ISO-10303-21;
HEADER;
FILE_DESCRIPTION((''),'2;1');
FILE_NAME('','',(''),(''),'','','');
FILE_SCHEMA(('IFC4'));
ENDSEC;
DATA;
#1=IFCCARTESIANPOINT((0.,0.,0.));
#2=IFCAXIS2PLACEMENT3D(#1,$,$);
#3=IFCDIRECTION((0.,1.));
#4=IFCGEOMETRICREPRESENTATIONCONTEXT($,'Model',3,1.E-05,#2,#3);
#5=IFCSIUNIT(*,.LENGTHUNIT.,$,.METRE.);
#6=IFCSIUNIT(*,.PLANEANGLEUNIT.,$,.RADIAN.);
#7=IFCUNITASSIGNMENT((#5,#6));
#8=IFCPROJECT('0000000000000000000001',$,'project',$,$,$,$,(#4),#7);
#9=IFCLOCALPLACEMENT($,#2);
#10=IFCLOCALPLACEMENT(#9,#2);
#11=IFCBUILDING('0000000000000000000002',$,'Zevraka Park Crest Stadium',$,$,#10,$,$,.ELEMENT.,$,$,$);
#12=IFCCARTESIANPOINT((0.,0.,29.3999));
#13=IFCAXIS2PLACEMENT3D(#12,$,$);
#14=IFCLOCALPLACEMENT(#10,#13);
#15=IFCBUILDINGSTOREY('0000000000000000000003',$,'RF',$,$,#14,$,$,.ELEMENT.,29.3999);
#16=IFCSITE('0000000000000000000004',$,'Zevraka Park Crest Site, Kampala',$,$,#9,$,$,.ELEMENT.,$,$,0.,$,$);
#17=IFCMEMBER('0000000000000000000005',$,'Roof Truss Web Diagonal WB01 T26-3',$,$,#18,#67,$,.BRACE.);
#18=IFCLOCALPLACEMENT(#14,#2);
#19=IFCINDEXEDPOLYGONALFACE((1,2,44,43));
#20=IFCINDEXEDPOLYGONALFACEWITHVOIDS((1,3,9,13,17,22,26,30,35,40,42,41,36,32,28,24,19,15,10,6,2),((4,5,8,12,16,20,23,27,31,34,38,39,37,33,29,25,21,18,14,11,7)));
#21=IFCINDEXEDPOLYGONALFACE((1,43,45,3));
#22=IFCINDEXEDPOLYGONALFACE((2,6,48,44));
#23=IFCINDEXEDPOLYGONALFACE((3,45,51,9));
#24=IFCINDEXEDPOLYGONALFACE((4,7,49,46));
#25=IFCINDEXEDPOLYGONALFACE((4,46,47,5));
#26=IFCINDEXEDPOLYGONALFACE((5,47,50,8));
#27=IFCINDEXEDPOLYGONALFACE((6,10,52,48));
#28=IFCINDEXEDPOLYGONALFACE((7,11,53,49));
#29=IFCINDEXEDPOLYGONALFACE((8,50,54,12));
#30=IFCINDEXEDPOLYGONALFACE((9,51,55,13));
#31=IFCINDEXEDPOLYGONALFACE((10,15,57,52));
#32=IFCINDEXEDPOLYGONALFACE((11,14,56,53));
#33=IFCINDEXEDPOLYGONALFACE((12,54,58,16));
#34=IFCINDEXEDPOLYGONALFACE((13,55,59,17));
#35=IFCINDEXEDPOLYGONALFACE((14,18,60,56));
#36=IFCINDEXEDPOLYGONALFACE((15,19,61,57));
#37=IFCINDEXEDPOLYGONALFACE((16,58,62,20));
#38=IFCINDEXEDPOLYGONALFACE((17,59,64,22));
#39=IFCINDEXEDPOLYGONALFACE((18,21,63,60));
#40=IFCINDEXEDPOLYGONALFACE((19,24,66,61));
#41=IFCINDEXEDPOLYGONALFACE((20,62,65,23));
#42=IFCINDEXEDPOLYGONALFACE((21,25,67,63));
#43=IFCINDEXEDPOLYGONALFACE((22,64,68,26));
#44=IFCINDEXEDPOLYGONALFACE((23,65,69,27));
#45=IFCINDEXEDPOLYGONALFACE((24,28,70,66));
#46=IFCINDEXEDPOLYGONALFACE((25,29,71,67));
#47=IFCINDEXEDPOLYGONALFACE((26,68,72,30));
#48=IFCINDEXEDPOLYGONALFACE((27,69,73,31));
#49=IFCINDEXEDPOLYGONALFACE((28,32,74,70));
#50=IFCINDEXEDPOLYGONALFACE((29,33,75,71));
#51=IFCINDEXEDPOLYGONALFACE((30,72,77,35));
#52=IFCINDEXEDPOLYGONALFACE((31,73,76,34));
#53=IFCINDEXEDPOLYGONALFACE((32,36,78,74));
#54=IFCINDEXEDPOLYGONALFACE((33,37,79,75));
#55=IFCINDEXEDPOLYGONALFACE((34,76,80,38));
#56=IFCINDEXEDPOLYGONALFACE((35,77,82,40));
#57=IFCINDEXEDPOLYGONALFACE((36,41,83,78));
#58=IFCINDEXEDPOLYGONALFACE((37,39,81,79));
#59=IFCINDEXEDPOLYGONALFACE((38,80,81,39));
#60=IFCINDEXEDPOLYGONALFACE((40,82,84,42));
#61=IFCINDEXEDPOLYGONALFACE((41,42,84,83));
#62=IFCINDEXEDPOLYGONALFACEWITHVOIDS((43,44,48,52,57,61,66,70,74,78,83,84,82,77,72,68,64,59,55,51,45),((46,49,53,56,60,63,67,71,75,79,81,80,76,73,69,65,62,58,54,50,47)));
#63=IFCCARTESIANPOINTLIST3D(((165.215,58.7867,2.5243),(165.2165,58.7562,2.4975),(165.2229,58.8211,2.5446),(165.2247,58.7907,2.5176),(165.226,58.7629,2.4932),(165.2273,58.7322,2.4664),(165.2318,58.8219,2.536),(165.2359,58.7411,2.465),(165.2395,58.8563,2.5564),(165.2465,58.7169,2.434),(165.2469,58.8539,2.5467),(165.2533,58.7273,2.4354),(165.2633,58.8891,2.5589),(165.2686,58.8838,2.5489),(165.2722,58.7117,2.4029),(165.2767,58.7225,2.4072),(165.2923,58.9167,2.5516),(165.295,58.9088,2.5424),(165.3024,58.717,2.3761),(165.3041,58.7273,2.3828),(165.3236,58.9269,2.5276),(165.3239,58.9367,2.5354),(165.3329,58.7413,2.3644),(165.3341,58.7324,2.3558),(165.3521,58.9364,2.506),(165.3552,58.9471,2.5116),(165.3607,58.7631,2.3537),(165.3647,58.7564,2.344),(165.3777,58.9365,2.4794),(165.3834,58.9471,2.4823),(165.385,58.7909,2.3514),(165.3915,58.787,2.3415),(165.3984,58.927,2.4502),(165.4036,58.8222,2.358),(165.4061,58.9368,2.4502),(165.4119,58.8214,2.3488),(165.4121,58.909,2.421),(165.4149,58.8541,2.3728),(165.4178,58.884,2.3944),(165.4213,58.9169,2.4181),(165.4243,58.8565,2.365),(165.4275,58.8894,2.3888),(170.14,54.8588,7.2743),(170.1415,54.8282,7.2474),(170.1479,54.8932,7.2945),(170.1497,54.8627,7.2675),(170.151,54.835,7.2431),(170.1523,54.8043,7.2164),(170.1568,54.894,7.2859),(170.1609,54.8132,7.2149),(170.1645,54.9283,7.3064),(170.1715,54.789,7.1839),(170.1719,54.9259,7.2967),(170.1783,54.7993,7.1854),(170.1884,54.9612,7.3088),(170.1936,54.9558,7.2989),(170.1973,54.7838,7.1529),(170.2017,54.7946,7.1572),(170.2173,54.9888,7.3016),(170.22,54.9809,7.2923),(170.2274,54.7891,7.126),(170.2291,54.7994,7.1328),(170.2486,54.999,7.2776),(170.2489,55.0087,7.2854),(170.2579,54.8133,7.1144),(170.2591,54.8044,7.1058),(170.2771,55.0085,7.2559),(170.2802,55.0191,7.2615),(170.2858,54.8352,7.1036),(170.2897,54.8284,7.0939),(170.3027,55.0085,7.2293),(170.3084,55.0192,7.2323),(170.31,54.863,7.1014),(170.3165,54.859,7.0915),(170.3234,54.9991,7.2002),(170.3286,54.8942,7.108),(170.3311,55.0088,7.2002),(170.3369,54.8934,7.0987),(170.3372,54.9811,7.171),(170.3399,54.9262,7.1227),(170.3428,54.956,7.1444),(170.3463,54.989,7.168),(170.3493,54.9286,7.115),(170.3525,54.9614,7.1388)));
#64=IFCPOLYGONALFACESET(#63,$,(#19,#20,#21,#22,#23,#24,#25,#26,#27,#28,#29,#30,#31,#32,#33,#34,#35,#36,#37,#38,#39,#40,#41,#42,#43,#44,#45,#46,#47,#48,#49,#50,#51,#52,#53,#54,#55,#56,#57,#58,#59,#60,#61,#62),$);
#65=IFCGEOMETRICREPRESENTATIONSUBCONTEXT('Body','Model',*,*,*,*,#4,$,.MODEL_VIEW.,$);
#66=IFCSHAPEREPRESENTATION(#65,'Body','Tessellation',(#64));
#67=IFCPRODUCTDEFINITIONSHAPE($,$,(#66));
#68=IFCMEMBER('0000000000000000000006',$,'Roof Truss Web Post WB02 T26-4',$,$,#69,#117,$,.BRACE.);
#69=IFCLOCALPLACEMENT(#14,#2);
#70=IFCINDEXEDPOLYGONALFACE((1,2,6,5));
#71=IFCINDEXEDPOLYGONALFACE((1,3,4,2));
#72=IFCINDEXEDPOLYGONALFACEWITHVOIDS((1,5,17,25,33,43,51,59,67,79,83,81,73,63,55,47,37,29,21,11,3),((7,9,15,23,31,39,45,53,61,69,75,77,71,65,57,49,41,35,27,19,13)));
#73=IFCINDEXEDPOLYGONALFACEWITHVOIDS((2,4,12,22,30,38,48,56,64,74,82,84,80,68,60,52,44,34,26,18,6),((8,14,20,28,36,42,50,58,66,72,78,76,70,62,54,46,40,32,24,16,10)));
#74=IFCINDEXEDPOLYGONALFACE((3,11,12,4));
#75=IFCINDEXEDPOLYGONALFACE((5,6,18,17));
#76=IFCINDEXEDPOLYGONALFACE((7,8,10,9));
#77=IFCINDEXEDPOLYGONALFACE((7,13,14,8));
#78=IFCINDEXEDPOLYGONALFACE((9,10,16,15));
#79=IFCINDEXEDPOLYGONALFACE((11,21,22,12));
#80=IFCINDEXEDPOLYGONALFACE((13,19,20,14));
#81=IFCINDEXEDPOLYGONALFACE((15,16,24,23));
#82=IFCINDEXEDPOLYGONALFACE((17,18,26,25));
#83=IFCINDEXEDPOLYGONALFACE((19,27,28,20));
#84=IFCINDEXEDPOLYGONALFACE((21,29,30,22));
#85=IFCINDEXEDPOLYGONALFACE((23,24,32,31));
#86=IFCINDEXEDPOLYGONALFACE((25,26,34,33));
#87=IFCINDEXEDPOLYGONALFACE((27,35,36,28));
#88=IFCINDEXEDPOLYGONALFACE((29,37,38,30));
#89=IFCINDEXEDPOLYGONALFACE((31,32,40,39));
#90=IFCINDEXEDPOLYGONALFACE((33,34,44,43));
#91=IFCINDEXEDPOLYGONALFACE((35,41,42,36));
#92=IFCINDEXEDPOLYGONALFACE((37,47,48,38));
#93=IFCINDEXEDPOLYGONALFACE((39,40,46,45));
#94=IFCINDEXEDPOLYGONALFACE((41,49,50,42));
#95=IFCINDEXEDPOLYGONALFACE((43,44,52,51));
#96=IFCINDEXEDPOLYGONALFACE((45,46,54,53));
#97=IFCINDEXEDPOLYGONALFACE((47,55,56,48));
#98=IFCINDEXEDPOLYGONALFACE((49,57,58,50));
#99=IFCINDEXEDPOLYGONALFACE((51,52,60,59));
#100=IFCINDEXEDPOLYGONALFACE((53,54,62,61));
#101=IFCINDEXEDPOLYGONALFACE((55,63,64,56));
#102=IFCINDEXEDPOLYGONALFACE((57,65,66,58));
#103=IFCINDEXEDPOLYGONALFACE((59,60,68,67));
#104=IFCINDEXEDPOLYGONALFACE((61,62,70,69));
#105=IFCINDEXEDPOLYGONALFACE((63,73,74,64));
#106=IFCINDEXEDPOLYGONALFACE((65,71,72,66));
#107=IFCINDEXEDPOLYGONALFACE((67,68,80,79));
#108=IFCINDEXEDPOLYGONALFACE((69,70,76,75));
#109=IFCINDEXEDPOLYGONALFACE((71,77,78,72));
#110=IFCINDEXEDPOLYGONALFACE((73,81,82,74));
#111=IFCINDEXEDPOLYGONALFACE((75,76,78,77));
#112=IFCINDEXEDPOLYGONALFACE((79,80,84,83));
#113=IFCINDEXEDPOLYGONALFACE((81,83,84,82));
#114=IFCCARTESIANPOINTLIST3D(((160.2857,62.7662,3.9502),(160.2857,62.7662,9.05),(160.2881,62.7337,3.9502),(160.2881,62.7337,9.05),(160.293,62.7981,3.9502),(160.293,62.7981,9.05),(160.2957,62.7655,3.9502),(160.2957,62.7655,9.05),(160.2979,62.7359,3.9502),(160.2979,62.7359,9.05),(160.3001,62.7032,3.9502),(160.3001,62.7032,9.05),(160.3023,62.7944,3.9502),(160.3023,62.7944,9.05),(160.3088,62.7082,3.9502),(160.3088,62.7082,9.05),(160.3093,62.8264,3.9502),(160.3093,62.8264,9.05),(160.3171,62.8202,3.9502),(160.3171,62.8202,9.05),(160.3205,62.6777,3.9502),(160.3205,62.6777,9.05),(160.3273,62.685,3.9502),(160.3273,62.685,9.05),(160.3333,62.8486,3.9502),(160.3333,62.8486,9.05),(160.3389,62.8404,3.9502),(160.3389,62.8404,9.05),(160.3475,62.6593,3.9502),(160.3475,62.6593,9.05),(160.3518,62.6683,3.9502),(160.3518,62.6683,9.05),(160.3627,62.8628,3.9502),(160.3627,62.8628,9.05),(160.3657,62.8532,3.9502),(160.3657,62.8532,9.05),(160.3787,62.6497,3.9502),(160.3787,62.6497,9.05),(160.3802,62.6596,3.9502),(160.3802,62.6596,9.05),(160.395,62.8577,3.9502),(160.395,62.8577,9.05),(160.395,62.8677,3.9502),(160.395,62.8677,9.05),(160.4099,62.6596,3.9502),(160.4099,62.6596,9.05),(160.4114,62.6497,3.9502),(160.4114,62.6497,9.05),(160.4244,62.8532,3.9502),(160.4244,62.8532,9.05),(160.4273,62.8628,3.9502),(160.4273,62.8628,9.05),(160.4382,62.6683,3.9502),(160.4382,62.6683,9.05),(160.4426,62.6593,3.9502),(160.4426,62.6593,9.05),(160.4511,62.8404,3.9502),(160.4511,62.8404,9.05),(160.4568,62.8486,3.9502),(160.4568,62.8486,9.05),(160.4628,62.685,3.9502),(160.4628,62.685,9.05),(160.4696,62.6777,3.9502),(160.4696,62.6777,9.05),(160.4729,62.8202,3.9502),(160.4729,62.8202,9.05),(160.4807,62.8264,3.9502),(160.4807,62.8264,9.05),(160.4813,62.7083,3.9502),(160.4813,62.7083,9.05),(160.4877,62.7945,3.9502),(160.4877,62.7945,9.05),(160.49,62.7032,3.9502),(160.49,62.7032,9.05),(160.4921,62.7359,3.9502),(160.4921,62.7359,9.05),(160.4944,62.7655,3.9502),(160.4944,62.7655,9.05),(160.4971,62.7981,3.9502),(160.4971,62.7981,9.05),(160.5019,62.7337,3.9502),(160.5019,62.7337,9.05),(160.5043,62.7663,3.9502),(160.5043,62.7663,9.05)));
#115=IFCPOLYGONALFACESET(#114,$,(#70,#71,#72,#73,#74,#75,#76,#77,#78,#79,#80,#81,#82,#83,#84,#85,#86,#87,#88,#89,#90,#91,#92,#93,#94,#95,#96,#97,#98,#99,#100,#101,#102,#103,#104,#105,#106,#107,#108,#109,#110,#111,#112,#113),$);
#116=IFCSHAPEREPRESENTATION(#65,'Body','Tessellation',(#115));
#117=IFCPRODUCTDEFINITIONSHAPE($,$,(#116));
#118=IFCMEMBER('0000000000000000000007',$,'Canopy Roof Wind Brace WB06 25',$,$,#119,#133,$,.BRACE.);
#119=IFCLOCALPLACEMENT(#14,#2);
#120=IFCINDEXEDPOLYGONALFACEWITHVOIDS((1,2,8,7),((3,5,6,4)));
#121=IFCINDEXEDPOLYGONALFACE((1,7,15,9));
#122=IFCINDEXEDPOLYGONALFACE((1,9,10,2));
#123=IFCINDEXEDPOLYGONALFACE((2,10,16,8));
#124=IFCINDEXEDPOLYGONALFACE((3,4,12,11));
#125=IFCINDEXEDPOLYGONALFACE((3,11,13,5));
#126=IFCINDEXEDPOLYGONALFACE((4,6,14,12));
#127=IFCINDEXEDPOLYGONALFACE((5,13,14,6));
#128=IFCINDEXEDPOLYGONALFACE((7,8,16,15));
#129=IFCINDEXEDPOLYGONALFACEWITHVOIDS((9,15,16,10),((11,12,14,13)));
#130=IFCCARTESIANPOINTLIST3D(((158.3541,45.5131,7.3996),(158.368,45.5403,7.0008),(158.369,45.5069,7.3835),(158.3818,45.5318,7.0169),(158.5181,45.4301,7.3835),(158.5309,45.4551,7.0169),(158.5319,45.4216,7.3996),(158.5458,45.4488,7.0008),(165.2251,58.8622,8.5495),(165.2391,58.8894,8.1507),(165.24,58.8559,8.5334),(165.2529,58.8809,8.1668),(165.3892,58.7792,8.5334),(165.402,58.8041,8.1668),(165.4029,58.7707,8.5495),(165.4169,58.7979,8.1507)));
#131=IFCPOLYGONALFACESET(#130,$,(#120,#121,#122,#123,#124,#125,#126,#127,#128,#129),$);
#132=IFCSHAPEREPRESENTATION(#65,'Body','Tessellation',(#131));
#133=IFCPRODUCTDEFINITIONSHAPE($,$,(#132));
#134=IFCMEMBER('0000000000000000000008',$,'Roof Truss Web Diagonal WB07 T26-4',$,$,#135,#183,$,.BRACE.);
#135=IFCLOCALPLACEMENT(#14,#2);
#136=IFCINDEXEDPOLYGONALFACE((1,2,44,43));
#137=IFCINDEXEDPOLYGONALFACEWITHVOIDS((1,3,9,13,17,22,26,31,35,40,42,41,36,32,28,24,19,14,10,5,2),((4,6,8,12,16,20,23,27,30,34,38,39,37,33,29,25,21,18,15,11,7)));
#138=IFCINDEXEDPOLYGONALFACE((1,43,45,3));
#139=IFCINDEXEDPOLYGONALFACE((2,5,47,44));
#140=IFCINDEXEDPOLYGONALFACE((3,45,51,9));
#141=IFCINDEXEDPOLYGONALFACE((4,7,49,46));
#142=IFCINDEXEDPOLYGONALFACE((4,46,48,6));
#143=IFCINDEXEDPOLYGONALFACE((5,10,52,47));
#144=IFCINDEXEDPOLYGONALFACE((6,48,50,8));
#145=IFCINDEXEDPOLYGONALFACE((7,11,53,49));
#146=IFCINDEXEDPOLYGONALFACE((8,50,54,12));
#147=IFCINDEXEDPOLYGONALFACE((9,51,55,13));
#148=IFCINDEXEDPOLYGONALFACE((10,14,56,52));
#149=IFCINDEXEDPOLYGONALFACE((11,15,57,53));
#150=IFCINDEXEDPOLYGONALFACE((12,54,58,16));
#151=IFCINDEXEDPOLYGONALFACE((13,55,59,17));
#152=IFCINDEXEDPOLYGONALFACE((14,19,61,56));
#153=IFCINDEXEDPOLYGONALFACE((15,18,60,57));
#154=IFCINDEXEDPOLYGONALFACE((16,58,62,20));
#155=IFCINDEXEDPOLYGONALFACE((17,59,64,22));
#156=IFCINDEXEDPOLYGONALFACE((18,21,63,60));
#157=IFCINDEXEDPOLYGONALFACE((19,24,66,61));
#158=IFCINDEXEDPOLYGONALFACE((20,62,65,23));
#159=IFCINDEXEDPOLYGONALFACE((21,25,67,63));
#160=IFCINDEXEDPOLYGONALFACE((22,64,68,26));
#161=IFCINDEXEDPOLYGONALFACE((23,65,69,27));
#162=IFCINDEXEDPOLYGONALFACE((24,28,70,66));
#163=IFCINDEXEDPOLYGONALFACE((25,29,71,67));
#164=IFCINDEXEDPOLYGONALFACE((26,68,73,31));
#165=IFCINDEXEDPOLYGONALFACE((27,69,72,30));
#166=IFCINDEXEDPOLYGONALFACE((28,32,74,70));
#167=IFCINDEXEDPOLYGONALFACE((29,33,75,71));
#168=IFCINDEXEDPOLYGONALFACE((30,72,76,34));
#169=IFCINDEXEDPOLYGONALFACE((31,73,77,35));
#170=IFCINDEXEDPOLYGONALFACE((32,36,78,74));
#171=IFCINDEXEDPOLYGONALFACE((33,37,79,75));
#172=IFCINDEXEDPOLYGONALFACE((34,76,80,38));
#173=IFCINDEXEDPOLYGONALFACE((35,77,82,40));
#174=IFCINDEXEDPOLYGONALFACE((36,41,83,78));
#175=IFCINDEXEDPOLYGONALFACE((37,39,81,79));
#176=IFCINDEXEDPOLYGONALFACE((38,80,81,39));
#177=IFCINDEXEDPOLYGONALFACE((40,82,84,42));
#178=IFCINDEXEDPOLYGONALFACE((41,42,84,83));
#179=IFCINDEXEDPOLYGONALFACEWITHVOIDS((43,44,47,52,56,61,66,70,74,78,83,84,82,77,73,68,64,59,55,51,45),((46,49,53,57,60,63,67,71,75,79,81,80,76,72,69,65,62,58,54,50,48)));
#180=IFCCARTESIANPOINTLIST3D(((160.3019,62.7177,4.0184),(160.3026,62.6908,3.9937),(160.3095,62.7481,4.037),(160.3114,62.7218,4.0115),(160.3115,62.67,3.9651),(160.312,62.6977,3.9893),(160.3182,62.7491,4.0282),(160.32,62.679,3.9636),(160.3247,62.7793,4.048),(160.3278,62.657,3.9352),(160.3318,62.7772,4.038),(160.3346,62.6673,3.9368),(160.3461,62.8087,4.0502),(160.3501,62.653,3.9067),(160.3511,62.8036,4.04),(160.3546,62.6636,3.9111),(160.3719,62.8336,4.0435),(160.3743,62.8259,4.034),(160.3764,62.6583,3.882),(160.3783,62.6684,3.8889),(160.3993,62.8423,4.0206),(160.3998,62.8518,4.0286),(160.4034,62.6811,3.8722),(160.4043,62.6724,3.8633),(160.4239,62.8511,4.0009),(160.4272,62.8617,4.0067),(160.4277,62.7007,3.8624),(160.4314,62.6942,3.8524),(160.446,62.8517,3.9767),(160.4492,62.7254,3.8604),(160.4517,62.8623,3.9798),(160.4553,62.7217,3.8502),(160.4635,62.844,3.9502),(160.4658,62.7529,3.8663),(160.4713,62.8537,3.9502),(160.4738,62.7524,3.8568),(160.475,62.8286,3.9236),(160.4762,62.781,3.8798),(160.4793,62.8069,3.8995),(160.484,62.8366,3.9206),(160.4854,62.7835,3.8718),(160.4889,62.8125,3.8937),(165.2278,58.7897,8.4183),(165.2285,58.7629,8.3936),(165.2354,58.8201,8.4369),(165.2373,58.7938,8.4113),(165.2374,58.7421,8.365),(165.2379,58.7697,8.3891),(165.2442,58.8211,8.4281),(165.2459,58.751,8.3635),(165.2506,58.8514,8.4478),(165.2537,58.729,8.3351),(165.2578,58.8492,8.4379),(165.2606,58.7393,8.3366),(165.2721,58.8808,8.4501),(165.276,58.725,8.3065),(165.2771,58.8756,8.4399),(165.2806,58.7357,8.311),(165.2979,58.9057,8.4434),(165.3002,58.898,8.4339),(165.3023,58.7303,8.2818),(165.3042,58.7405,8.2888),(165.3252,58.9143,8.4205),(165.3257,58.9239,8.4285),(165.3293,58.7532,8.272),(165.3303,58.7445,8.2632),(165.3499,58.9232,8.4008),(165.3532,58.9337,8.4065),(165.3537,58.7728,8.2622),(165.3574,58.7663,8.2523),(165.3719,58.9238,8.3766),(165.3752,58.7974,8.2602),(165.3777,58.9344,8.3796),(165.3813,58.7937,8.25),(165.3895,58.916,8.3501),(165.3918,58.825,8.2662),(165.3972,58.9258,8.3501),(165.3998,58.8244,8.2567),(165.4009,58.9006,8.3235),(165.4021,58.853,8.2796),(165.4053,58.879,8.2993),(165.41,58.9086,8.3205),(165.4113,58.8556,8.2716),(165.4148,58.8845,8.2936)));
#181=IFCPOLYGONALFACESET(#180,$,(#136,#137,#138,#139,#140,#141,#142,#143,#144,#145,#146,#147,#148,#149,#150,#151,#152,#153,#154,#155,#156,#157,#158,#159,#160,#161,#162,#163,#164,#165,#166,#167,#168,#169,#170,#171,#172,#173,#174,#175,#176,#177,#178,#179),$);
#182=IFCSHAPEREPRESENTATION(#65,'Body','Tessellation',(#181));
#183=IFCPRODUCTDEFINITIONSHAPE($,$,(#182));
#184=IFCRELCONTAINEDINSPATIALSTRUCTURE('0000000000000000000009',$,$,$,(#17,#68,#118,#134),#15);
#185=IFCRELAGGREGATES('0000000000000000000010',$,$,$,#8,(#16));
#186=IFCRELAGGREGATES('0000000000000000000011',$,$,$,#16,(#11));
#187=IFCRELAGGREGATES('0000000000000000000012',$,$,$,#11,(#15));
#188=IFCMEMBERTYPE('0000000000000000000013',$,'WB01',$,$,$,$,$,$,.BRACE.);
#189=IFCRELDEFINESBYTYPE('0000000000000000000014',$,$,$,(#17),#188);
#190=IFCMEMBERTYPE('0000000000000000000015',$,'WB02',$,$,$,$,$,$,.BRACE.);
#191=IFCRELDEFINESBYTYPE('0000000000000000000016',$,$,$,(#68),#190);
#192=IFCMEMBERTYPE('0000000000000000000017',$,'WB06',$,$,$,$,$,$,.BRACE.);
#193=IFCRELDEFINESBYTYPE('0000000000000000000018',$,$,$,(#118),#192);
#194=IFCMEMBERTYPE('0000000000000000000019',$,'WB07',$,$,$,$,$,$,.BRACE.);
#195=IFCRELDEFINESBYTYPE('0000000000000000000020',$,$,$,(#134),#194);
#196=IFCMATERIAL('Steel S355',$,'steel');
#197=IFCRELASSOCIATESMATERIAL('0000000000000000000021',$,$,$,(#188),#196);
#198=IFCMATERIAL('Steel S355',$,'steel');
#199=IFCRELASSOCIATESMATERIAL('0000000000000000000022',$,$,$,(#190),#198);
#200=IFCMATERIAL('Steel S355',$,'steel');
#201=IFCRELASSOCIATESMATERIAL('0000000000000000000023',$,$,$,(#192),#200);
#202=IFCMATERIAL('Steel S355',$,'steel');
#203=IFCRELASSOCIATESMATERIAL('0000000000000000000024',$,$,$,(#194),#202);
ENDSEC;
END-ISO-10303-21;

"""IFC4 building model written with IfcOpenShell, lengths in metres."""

from ifc_helpers import new_model, si_unit, direction, frame, origin, origin_2d, place, context, subcontext, project, spatial, hollow_rectangle, hollow_circle, extrude, material, material_profile, profile_set, type_object, element, save


model = new_model("IFC4")

# Units and contexts
model_context = context("Model", 3, precision=1e-05, world=origin(), true_north=direction((0.0, 1.0)))
body_context = subcontext(model_context, "Body", "Model", "MODEL_VIEW")
ifc_project = project(units=[si_unit("LENGTHUNIT", "METRE"), si_unit("PLANEANGLEUNIT", "RADIAN")], contexts=[model_context])

# Site, building, storey
site_placement = place(None, origin())
site = spatial("IfcSite", under=ifc_project, at=site_placement, Name="Zevraka Park Crest Site, Kampala", CompositionType="ELEMENT", RefElevation=0.0)
building_placement = place(site_placement, origin())
building = spatial("IfcBuilding", under=site, at=building_placement, Name="Zevraka Park Crest Stadium", CompositionType="ELEMENT")
storey_placement = place(building_placement, frame((0.0, 0.0, 29.3999)))
storey = spatial("IfcBuildingStorey", under=building, at=storey_placement, Name="RF", CompositionType="ELEMENT", Elevation=29.3999)

# Members
ifc_material_1 = material(Name="Steel S355", Category="steel")
ifc_material_profile_1 = material_profile(ifc_material_1, hollow_circle(Radius=0.1365, WallThickness=0.0125, at=origin_2d()), Name="CHS 273.0x12.5")
ifc_profile_set_1 = profile_set([ifc_material_profile_1], Name="Steel S355")
member_type_1 = type_object("IfcMemberType", Name="WB01", PredefinedType="BRACE", material=ifc_profile_set_1)
member_1_placement = place(storey_placement, frame((165.321, 58.8301, 2.4502), z_axis=(0.624237, -0.497861, 0.60205), x_axis=(0.623527, 0.781802, 0.0)))
element("IfcMember", 1, at=member_1_placement, inside=storey, type_object=member_type_1, Name="Roof Truss Web Diagonal WB01 T26-3", PredefinedType="BRACE", context=body_context, shape_type="SweptSolid", body=[
    extrude(hollow_circle(Radius=0.1365, WallThickness=0.0125, at=origin_2d()), origin(), (0.0, 0.0, 1.0), 7.8896),
])
ifc_material_2 = material(Name="Steel S355", Category="steel")
ifc_material_profile_2 = material_profile(ifc_material_2, hollow_circle(Radius=0.1096, WallThickness=0.01, at=origin_2d()), Name="CHS 219.1x10")
ifc_profile_set_2 = profile_set([ifc_material_profile_2], Name="Steel S355")
member_type_2 = type_object("IfcMemberType", Name="WB02", PredefinedType="BRACE", material=ifc_profile_set_2)
member_2_placement = place(storey_placement, frame((160.395, 62.7581, 3.9502), z_axis=(0.0, 0.0, 1.0), x_axis=(-0.781847, 0.62347, 0.0)))
element("IfcMember", 2, at=member_2_placement, inside=storey, type_object=member_type_2, Name="Roof Truss Web Post WB02 T26-4", PredefinedType="BRACE", context=body_context, shape_type="SweptSolid", body=[
    extrude(hollow_circle(Radius=0.1096, WallThickness=0.01, at=origin_2d()), origin(), (0.0, 0.0, 1.0), 5.0999),
])
ifc_material_3 = material(Name="Steel S355", Category="steel")
ifc_material_profile_3 = material_profile(ifc_material_3, hollow_rectangle(XDim=0.2, YDim=0.3999, WallThickness=0.0161, at=origin_2d()), Name="RHS 400x200x16")
ifc_profile_set_3 = profile_set([ifc_material_profile_3], Name="Steel S355")
member_type_3 = type_object("IfcMemberType", Name="WB06", PredefinedType="BRACE", material=ifc_profile_set_3)
member_3_placement = place(storey_placement, frame((158.45, 45.481, 7.2002), z_axis=(0.456319, 0.886533, 0.076367), x_axis=(-0.88913, 0.457655, 0.0)))
element("IfcMember", 3, at=member_3_placement, inside=storey, type_object=member_type_3, Name="Canopy Roof Wind Brace WB06 25", PredefinedType="BRACE", context=body_context, shape_type="SweptSolid", body=[
    extrude(hollow_rectangle(XDim=0.2, YDim=0.3999, WallThickness=0.0161, at=origin_2d()), origin(), (0.0, 0.0, 1.0), 15.0576),
])
ifc_material_4 = material(Name="Steel S355", Category="steel")
ifc_material_profile_4 = material_profile(ifc_material_4, hollow_circle(Radius=0.1223, WallThickness=0.0125, at=origin_2d()), Name="CHS 244.5x12.5")
ifc_profile_set_4 = profile_set([ifc_material_profile_4], Name="Steel S355")
member_type_4 = type_object("IfcMemberType", Name="WB07", PredefinedType="BRACE", material=ifc_profile_set_4)
member_4_placement = place(storey_placement, frame((160.395, 62.7581, 3.9502), z_axis=(0.641021, -0.511146, 0.572557), x_axis=(0.623451, 0.781862, 0.0)))
element("IfcMember", 4, at=member_4_placement, inside=storey, type_object=member_type_4, Name="Roof Truss Web Diagonal WB07 T26-4", PredefinedType="BRACE", context=body_context, shape_type="SweptSolid", body=[
    extrude(hollow_circle(Radius=0.1223, WallThickness=0.0125, at=origin_2d()), origin(), (0.0, 0.0, 1.0), 7.6846),
])

save(model, "model.ifc")
